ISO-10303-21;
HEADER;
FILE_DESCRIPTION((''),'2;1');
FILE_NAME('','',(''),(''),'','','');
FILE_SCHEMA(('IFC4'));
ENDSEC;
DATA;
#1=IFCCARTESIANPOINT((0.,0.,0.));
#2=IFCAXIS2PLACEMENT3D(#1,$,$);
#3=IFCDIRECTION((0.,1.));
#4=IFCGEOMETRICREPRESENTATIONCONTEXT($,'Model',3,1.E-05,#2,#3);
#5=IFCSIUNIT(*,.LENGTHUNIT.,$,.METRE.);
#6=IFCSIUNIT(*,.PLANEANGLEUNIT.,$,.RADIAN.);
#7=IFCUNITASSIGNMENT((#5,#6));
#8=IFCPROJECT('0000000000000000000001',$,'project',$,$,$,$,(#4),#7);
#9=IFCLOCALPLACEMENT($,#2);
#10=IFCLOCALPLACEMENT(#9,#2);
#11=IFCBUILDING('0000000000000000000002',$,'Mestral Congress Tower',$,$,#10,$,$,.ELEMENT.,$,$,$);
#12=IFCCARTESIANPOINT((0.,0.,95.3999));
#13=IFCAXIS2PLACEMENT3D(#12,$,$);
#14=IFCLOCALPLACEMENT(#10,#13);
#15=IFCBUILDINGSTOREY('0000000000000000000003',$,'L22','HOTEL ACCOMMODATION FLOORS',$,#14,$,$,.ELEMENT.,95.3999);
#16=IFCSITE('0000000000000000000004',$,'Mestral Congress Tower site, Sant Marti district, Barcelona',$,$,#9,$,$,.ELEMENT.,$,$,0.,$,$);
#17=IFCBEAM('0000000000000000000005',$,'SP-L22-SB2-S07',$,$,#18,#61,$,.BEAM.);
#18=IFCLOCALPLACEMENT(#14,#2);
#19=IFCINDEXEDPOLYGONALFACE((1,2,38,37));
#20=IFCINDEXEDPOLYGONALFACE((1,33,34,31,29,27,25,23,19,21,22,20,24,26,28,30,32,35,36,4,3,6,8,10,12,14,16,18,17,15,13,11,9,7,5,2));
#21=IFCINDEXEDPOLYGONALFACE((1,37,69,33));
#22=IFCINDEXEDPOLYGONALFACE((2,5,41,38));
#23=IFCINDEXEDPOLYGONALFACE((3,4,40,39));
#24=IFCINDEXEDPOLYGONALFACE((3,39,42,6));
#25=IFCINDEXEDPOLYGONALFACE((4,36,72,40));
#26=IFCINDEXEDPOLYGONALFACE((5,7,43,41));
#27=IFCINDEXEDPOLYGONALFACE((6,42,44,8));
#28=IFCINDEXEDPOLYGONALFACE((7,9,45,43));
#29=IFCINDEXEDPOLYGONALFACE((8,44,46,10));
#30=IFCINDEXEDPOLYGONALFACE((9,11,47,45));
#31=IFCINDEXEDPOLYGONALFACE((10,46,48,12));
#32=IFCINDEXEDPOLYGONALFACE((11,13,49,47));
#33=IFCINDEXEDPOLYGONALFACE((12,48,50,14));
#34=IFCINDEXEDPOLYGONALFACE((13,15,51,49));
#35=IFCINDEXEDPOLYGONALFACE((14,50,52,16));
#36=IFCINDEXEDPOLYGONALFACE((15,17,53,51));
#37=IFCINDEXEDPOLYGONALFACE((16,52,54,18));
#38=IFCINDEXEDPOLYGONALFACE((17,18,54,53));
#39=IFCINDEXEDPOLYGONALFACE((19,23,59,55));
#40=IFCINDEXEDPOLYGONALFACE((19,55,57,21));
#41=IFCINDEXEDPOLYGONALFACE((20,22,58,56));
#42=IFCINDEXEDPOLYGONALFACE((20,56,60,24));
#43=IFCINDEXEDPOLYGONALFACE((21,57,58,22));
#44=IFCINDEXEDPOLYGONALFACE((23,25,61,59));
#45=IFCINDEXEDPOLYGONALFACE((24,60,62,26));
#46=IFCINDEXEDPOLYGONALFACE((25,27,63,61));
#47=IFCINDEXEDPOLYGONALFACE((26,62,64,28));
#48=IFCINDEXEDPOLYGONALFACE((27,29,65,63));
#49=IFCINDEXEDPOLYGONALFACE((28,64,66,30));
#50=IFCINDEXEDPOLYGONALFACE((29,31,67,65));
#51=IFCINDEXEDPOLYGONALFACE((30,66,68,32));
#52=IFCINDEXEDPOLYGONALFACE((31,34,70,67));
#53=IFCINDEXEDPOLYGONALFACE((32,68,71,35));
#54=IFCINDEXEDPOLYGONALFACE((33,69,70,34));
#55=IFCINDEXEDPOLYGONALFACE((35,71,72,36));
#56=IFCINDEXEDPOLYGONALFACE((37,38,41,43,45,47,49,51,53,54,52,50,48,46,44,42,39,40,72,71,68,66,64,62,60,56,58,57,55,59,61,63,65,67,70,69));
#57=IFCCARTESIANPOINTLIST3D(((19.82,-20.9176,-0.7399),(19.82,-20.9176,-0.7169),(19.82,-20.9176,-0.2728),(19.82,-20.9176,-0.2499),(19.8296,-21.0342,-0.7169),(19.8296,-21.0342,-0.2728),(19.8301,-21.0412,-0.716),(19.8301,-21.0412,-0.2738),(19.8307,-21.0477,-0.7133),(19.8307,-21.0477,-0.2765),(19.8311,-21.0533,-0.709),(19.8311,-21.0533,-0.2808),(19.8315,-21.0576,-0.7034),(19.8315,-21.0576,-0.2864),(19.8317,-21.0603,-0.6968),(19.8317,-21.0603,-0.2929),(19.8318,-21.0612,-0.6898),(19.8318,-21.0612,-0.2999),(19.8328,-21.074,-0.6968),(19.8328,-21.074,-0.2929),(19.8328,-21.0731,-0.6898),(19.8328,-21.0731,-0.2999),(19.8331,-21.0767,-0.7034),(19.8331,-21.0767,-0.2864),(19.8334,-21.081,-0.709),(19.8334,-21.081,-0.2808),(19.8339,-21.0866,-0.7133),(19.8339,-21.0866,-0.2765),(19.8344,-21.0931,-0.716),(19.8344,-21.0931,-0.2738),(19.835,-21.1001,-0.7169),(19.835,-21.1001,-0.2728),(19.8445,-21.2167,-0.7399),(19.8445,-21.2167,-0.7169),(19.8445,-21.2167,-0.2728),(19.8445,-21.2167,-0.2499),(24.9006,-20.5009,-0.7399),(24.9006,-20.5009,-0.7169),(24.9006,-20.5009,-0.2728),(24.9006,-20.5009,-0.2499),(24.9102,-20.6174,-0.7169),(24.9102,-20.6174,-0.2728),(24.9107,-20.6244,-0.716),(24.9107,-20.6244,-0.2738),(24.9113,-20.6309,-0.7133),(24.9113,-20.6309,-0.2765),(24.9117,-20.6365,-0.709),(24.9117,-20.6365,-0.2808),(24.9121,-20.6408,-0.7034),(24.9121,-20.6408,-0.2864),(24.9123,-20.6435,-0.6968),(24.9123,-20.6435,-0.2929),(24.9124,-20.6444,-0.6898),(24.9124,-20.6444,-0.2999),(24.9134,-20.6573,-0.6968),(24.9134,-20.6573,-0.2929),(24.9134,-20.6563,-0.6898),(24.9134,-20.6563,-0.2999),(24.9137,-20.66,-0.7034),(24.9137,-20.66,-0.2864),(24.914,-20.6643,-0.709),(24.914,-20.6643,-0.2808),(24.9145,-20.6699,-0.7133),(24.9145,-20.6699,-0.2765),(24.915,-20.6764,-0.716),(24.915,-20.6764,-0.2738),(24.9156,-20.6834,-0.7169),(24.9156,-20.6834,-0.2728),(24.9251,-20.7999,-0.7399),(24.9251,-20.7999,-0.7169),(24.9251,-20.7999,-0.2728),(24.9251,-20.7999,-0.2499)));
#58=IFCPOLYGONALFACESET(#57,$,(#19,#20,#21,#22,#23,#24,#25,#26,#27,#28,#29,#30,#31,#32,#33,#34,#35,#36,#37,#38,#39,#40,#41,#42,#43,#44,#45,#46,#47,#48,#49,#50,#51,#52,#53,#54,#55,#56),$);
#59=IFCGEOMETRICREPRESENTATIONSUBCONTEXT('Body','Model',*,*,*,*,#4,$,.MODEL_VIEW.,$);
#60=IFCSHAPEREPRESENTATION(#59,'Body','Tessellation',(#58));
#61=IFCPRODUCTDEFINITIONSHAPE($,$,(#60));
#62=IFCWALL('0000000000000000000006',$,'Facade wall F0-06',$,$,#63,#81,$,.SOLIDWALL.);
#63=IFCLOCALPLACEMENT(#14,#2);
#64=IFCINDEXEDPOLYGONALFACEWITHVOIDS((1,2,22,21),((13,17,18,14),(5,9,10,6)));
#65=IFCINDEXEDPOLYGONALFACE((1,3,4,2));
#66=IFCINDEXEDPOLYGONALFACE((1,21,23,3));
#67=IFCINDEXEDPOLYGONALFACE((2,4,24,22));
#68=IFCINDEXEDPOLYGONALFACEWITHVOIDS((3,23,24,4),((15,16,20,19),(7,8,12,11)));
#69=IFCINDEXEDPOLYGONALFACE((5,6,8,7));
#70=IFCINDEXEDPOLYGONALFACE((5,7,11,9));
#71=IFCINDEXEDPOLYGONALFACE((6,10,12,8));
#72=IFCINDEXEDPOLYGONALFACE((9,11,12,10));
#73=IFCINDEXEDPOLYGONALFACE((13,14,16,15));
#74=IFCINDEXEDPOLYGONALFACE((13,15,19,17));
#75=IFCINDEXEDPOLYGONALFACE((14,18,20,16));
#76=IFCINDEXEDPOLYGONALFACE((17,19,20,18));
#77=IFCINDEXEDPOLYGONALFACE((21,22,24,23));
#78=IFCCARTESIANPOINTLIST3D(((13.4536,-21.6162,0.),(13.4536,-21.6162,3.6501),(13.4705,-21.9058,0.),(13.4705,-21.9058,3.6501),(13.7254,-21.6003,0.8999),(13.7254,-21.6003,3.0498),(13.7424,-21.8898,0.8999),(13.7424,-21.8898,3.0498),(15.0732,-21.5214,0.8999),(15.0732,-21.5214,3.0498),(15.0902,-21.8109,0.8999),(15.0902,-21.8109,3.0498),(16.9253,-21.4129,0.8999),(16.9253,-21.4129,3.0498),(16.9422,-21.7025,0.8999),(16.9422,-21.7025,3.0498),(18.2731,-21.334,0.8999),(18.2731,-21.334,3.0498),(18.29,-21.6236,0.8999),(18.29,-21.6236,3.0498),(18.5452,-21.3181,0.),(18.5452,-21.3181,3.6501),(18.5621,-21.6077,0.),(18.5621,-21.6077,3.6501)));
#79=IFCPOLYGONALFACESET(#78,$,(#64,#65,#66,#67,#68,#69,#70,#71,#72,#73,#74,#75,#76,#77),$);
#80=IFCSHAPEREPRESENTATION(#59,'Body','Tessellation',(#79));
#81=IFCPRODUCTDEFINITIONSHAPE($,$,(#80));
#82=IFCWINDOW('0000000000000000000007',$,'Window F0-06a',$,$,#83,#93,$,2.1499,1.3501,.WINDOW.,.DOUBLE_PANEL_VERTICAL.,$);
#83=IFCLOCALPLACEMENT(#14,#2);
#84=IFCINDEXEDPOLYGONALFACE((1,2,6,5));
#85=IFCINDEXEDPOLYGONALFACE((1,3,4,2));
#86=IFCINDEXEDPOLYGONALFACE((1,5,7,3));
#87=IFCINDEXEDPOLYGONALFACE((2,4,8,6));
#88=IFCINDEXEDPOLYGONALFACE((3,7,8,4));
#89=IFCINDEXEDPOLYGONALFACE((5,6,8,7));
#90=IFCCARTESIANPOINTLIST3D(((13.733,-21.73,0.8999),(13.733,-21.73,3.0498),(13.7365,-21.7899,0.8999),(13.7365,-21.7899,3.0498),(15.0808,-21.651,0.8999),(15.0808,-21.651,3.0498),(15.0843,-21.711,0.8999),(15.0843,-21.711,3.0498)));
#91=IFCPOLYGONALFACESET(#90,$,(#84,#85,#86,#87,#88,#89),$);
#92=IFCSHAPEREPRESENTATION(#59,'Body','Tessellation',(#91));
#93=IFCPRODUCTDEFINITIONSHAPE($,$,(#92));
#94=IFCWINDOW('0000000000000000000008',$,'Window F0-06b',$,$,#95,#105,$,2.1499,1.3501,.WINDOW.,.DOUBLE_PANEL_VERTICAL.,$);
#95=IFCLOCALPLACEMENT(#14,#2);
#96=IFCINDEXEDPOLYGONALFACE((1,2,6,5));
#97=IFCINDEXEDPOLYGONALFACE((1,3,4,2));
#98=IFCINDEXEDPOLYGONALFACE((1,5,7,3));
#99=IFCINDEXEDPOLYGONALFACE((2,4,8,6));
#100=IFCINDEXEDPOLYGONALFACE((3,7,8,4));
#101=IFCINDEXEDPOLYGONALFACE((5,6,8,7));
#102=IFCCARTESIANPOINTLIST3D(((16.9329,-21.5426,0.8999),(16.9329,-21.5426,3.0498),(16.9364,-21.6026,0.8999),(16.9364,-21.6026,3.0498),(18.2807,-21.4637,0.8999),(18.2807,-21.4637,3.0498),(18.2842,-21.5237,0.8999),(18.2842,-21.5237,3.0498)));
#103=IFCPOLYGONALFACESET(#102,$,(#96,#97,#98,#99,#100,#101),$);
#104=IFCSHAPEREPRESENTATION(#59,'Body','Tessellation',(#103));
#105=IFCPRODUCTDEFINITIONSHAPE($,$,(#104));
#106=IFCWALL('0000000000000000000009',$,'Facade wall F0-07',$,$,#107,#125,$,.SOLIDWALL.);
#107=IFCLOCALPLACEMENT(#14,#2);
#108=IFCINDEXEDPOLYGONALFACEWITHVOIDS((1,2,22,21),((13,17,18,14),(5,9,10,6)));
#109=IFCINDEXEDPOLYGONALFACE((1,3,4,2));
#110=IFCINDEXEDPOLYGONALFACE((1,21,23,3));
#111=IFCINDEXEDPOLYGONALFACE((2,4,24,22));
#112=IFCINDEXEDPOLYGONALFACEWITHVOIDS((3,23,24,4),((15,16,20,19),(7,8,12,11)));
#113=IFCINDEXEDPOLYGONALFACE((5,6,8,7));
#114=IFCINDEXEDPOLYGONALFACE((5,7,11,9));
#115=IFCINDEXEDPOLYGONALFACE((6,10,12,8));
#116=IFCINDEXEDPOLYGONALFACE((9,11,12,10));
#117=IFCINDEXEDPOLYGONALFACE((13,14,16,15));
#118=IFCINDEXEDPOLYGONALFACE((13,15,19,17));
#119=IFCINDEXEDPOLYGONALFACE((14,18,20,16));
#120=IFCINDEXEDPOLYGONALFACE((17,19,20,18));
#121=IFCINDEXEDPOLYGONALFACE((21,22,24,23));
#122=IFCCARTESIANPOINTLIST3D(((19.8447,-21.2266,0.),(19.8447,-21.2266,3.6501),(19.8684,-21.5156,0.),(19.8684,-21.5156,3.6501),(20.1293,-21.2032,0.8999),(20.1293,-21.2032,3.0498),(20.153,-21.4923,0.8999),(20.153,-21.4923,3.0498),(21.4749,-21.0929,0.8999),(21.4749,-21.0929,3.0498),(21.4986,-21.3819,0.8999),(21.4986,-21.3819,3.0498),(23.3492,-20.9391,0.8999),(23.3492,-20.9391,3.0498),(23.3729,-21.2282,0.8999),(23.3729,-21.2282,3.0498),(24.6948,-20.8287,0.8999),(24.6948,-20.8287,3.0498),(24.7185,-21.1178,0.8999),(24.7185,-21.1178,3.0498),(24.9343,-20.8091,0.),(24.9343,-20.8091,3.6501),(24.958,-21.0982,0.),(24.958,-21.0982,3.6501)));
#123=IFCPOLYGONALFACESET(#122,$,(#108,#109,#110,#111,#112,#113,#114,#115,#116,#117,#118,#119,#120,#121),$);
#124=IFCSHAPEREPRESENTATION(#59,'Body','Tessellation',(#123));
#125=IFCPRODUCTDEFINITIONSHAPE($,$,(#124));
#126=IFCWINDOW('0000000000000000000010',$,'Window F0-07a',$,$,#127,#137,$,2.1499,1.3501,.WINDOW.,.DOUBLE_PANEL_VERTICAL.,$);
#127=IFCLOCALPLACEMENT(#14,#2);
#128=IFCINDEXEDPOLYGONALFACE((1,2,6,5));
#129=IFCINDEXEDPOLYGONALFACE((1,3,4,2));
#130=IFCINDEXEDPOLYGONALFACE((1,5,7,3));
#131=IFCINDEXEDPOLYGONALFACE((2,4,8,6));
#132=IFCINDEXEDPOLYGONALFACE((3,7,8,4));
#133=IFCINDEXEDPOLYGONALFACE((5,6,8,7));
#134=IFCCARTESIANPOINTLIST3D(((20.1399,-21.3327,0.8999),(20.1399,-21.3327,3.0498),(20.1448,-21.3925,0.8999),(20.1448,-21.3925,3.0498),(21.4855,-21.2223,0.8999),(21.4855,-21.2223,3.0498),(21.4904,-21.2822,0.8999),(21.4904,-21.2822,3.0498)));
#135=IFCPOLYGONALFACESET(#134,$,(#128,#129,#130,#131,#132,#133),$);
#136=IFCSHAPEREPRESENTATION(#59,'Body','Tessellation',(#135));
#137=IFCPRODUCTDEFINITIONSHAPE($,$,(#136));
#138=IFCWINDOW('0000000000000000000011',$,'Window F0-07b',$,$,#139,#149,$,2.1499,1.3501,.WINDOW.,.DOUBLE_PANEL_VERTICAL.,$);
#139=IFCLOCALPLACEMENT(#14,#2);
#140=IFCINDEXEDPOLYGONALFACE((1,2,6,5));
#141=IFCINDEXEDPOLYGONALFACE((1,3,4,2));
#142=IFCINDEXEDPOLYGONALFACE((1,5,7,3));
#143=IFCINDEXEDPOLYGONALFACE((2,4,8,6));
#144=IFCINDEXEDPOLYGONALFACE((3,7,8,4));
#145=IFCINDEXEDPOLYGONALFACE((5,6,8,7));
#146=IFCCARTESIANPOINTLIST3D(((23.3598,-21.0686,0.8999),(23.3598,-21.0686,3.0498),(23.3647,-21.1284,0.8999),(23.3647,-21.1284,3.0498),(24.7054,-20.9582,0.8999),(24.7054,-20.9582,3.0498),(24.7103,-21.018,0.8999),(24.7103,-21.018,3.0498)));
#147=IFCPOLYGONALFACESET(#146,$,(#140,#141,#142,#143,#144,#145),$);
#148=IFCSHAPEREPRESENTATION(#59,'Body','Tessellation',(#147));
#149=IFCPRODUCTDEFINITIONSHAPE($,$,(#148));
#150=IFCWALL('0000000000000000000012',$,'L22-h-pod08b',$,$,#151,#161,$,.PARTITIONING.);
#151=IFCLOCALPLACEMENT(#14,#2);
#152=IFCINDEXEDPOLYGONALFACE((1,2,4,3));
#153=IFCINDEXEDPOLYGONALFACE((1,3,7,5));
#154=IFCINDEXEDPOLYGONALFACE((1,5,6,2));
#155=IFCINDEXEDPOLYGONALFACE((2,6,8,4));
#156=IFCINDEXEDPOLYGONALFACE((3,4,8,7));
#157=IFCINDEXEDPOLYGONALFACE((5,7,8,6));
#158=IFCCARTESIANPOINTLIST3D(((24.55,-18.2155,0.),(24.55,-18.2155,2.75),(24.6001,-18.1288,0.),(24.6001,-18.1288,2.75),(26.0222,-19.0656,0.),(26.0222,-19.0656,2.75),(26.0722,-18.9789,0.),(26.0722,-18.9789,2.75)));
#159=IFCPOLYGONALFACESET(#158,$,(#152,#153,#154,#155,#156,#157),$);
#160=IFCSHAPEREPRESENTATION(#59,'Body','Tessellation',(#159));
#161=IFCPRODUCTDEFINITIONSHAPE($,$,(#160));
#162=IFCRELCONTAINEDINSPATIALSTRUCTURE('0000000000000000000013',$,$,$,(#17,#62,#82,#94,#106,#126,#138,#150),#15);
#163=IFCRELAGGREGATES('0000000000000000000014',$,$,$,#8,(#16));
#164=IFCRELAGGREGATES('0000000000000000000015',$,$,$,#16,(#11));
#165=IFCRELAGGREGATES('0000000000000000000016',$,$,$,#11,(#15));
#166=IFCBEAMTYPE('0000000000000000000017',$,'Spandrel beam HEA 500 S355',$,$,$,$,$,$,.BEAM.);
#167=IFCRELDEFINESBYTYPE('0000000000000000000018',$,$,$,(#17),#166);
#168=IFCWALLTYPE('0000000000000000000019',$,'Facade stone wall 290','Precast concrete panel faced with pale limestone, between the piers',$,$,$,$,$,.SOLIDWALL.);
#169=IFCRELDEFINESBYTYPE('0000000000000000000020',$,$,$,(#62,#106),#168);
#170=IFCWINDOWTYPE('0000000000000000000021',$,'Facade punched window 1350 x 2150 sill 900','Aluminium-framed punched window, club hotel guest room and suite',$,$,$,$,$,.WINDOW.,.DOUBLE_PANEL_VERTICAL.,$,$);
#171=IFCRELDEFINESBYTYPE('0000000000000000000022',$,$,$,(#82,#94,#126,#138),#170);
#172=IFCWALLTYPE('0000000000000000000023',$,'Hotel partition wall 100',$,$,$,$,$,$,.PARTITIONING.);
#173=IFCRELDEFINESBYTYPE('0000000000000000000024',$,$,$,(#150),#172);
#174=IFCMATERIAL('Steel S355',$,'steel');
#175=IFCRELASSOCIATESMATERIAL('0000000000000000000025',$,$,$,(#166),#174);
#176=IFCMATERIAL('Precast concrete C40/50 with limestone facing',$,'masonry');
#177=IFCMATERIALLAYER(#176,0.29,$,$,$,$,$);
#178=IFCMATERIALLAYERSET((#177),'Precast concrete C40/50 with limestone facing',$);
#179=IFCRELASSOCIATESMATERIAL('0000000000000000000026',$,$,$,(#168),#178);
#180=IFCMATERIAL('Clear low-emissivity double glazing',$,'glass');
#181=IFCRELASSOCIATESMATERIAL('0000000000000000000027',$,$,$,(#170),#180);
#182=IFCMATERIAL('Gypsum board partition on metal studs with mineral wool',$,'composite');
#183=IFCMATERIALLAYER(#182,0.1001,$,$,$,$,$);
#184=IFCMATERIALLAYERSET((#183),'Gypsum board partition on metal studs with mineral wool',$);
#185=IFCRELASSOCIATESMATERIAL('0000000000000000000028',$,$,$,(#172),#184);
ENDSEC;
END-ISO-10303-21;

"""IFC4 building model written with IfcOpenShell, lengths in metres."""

from ifc_helpers import new_model, si_unit, direction, frame, frame_2d, origin, origin_2d, place, context, subcontext, project, spatial, rectangle, i_section, extrude, material, layer, layer_set, material_profile, profile_set, type_object, element, fill, save


model = new_model("IFC4")

# Units and contexts
model_context = context("Model", 3, precision=1e-05, world=origin(), true_north=direction((0.0, 1.0)))
body_context = subcontext(model_context, "Body", "Model", "MODEL_VIEW")
ifc_project = project(units=[si_unit("LENGTHUNIT", "METRE"), si_unit("PLANEANGLEUNIT", "RADIAN")], contexts=[model_context])

# Site, building, storey
site_placement = place(None, origin())
site = spatial("IfcSite", under=ifc_project, at=site_placement, Name="Mestral Congress Tower site, Sant Marti district, Barcelona", CompositionType="ELEMENT", RefElevation=0.0)
building_placement = place(site_placement, origin())
building = spatial("IfcBuilding", under=site, at=building_placement, Name="Mestral Congress Tower", CompositionType="ELEMENT")
storey_placement = place(building_placement, frame((0.0, 0.0, 95.3999)))
storey = spatial("IfcBuildingStorey", under=building, at=storey_placement, Name="L22", Description="HOTEL ACCOMMODATION FLOORS", CompositionType="ELEMENT", Elevation=95.3999)

# Beam
ifc_material_1 = material(Name="Steel S355", Category="steel")
ifc_material_profile_1 = material_profile(ifc_material_1, i_section(OverallWidth=0.3, OverallDepth=0.49, WebThickness=0.012, FlangeThickness=0.0229, FilletRadius=0.0271, at=origin_2d()), Name="HEA 500")
ifc_profile_set_1 = profile_set([ifc_material_profile_1], Name="Steel S355")
beam_type_1 = type_object("IfcBeamType", Name="Spandrel beam HEA 500 S355", PredefinedType="BEAM", material=ifc_profile_set_1)
beam_1_placement = place(storey_placement, frame((19.8323, -21.0671, -0.4949), z_axis=(0.996653, 0.081753, 0.0), x_axis=(-0.081753, 0.996653, 0.0)))
element("IfcBeam", 1, at=beam_1_placement, inside=storey, type_object=beam_type_1, Name="SP-L22-SB2-S07", PredefinedType="BEAM", context=body_context, shape_type="SweptSolid", body=[
    extrude(i_section(OverallWidth=0.3, OverallDepth=0.49, WebThickness=0.012, FlangeThickness=0.0229, FilletRadius=0.0271, at=origin_2d()), origin(), (0.0, 0.0, 1.0), 5.0977),
])

# Walls, openings, windows
ifc_material_2 = material(Name="Precast concrete C40/50 with limestone facing", Category="masonry")
ifc_layer_1 = layer(ifc_material_2, 0.29)
ifc_layer_set_1 = layer_set([ifc_layer_1], Name="Precast concrete C40/50 with limestone facing")
wall_type_1 = type_object("IfcWallType", Name="Facade stone wall 290", Description="Precast concrete panel faced with pale limestone, between the piers", PredefinedType="SOLIDWALL", material=ifc_layer_set_1)
wall_1_placement = place(storey_placement, frame((13.4619, -21.761, 0.0), z_axis=(0.0, 0.0, 1.0), x_axis=(0.998291, 0.058447, 0.0)))
wall_1 = element("IfcWall", 2, at=wall_1_placement, inside=storey, type_object=wall_type_1, Name="Facade wall F0-06", PredefinedType="SOLIDWALL", context=body_context, shape_type="SweptSolid", body=[
    extrude(rectangle(XDim=5.1003, YDim=0.29, at=frame_2d((2.5503, 0.0))), origin(), (0.0, 0.0, 1.0), 3.6501),
])
opening_1_placement = place(wall_1_placement, frame((0.2725, 0.0, 0.8999)))
opening_1 = element("IfcOpeningElement", 3, at=opening_1_placement, cuts=wall_1, PredefinedType="OPENING", context=body_context, shape_type="SweptSolid", body=[
    extrude(rectangle(XDim=1.3501, YDim=2.1499, at=frame_2d((0.675, 1.075))), frame((0.0, 0.155, 0.0), z_axis=(0.0, -1.0, 0.0), x_axis=(1.0, 0.0, 0.0)), (0.0, 0.0, 1.0), 0.3101),
])
opening_2_placement = place(wall_1_placement, frame((3.4778, 0.0, 0.8999)))
opening_2 = element("IfcOpeningElement", 4, at=opening_2_placement, cuts=wall_1, PredefinedType="OPENING", context=body_context, shape_type="SweptSolid", body=[
    extrude(rectangle(XDim=1.3501, YDim=2.1499, at=frame_2d((0.675, 1.075))), frame((0.0, 0.155, 0.0), z_axis=(0.0, -1.0, 0.0), x_axis=(1.0, 0.0, 0.0)), (0.0, 0.0, 1.0), 0.3101),
])
ifc_material_3 = material(Name="Clear low-emissivity double glazing", Category="glass")
window_type = type_object("IfcWindowType", Name="Facade punched window 1350 x 2150 sill 900", Description="Aluminium-framed punched window, club hotel guest room and suite", PartitioningType="DOUBLE_PANEL_VERTICAL", PredefinedType="WINDOW", material=ifc_material_3)
window_1_placement = place(opening_1_placement, origin())
window_1 = element("IfcWindow", 5, at=window_1_placement, inside=storey, type_object=window_type, Name="Window F0-06a", OverallHeight=2.1499, OverallWidth=1.3501, PartitioningType="DOUBLE_PANEL_VERTICAL", PredefinedType="WINDOW", context=body_context, shape_type="SweptSolid", body=[
    extrude(rectangle(XDim=1.3501, YDim=2.1499, at=frame_2d((0.675, 1.075))), frame((0.0, 0.0151, 0.0), z_axis=(0.0, -1.0, 0.0), x_axis=(1.0, 0.0, 0.0)), (0.0, 0.0, 1.0), 0.0601),
])
fill(opening_1, window_1)
window_2_placement = place(opening_2_placement, origin())
window_2 = element("IfcWindow", 6, at=window_2_placement, inside=storey, type_object=window_type, Name="Window F0-06b", OverallHeight=2.1499, OverallWidth=1.3501, PartitioningType="DOUBLE_PANEL_VERTICAL", PredefinedType="WINDOW", context=body_context, shape_type="SweptSolid", body=[
    extrude(rectangle(XDim=1.3501, YDim=2.1499, at=frame_2d((0.675, 1.075))), frame((0.0, 0.0151, 0.0), z_axis=(0.0, -1.0, 0.0), x_axis=(1.0, 0.0, 0.0)), (0.0, 0.0, 1.0), 0.0601),
])
fill(opening_2, window_2)
wall_2_placement = place(storey_placement, frame((19.8567, -21.3711, 0.0), z_axis=(0.0, 0.0, 1.0), x_axis=(0.996653, 0.081752, 0.0)))
wall_2 = element("IfcWall", 7, at=wall_2_placement, inside=storey, type_object=wall_type_1, Name="Facade wall F0-07", PredefinedType="SOLIDWALL", context=body_context, shape_type="SweptSolid", body=[
    extrude(rectangle(XDim=5.1067, YDim=0.29, at=frame_2d((2.5532, 0.0))), origin(), (0.0, 0.0, 1.0), 3.6501),
])
opening_3_placement = place(wall_2_placement, frame((0.2854, 0.0, 0.8999)))
opening_3 = element("IfcOpeningElement", 8, at=opening_3_placement, cuts=wall_2, PredefinedType="OPENING", context=body_context, shape_type="SweptSolid", body=[
    extrude(rectangle(XDim=1.3501, YDim=2.1499, at=frame_2d((0.675, 1.075))), frame((0.0, 0.155, 0.0), z_axis=(0.0, -1.0, 0.0), x_axis=(1.0, 0.0, 0.0)), (0.0, 0.0, 1.0), 0.3101),
])
opening_4_placement = place(wall_2_placement, frame((3.5161, 0.0, 0.8999)))
opening_4 = element("IfcOpeningElement", 9, at=opening_4_placement, cuts=wall_2, PredefinedType="OPENING", context=body_context, shape_type="SweptSolid", body=[
    extrude(rectangle(XDim=1.3501, YDim=2.1499, at=frame_2d((0.675, 1.075))), frame((0.0, 0.155, 0.0), z_axis=(0.0, -1.0, 0.0), x_axis=(1.0, 0.0, 0.0)), (0.0, 0.0, 1.0), 0.3101),
])
window_3_placement = place(opening_3_placement, origin())
window_3 = element("IfcWindow", 10, at=window_3_placement, inside=storey, type_object=window_type, Name="Window F0-07a", OverallHeight=2.1499, OverallWidth=1.3501, PartitioningType="DOUBLE_PANEL_VERTICAL", PredefinedType="WINDOW", context=body_context, shape_type="SweptSolid", body=[
    extrude(rectangle(XDim=1.3501, YDim=2.1499, at=frame_2d((0.675, 1.075))), frame((0.0, 0.0151, 0.0), z_axis=(0.0, -1.0, 0.0), x_axis=(1.0, 0.0, 0.0)), (0.0, 0.0, 1.0), 0.0601),
])
fill(opening_3, window_3)
window_4_placement = place(opening_4_placement, origin())
window_4 = element("IfcWindow", 11, at=window_4_placement, inside=storey, type_object=window_type, Name="Window F0-07b", OverallHeight=2.1499, OverallWidth=1.3501, PartitioningType="DOUBLE_PANEL_VERTICAL", PredefinedType="WINDOW", context=body_context, shape_type="SweptSolid", body=[
    extrude(rectangle(XDim=1.3501, YDim=2.1499, at=frame_2d((0.675, 1.075))), frame((0.0, 0.0151, 0.0), z_axis=(0.0, -1.0, 0.0), x_axis=(1.0, 0.0, 0.0)), (0.0, 0.0, 1.0), 0.0601),
])
fill(opening_4, window_4)

# Wall
ifc_material_4 = material(Name="Gypsum board partition on metal studs with mineral wool", Category="composite")
ifc_layer_2 = layer(ifc_material_4, 0.1001)
ifc_layer_set_2 = layer_set([ifc_layer_2], Name="Gypsum board partition on metal studs with mineral wool")
wall_type_2 = type_object("IfcWallType", Name="Hotel partition wall 100", PredefinedType="PARTITIONING", material=ifc_layer_set_2)
wall_3_placement = place(storey_placement, frame((24.575, -18.1721, 0.0), z_axis=(0.0, 0.0, 1.0), x_axis=(0.865989, -0.500062, 0.0)))
element("IfcWall", 12, at=wall_3_placement, inside=storey, type_object=wall_type_2, Name="L22-h-pod08b", PredefinedType="PARTITIONING", context=body_context, shape_type="SweptSolid", body=[
    extrude(rectangle(XDim=1.7, YDim=0.1001, at=frame_2d((0.8501, 0.0))), origin(), (0.0, 0.0, 1.0), 2.75),
])

save(model, "model.ifc")
